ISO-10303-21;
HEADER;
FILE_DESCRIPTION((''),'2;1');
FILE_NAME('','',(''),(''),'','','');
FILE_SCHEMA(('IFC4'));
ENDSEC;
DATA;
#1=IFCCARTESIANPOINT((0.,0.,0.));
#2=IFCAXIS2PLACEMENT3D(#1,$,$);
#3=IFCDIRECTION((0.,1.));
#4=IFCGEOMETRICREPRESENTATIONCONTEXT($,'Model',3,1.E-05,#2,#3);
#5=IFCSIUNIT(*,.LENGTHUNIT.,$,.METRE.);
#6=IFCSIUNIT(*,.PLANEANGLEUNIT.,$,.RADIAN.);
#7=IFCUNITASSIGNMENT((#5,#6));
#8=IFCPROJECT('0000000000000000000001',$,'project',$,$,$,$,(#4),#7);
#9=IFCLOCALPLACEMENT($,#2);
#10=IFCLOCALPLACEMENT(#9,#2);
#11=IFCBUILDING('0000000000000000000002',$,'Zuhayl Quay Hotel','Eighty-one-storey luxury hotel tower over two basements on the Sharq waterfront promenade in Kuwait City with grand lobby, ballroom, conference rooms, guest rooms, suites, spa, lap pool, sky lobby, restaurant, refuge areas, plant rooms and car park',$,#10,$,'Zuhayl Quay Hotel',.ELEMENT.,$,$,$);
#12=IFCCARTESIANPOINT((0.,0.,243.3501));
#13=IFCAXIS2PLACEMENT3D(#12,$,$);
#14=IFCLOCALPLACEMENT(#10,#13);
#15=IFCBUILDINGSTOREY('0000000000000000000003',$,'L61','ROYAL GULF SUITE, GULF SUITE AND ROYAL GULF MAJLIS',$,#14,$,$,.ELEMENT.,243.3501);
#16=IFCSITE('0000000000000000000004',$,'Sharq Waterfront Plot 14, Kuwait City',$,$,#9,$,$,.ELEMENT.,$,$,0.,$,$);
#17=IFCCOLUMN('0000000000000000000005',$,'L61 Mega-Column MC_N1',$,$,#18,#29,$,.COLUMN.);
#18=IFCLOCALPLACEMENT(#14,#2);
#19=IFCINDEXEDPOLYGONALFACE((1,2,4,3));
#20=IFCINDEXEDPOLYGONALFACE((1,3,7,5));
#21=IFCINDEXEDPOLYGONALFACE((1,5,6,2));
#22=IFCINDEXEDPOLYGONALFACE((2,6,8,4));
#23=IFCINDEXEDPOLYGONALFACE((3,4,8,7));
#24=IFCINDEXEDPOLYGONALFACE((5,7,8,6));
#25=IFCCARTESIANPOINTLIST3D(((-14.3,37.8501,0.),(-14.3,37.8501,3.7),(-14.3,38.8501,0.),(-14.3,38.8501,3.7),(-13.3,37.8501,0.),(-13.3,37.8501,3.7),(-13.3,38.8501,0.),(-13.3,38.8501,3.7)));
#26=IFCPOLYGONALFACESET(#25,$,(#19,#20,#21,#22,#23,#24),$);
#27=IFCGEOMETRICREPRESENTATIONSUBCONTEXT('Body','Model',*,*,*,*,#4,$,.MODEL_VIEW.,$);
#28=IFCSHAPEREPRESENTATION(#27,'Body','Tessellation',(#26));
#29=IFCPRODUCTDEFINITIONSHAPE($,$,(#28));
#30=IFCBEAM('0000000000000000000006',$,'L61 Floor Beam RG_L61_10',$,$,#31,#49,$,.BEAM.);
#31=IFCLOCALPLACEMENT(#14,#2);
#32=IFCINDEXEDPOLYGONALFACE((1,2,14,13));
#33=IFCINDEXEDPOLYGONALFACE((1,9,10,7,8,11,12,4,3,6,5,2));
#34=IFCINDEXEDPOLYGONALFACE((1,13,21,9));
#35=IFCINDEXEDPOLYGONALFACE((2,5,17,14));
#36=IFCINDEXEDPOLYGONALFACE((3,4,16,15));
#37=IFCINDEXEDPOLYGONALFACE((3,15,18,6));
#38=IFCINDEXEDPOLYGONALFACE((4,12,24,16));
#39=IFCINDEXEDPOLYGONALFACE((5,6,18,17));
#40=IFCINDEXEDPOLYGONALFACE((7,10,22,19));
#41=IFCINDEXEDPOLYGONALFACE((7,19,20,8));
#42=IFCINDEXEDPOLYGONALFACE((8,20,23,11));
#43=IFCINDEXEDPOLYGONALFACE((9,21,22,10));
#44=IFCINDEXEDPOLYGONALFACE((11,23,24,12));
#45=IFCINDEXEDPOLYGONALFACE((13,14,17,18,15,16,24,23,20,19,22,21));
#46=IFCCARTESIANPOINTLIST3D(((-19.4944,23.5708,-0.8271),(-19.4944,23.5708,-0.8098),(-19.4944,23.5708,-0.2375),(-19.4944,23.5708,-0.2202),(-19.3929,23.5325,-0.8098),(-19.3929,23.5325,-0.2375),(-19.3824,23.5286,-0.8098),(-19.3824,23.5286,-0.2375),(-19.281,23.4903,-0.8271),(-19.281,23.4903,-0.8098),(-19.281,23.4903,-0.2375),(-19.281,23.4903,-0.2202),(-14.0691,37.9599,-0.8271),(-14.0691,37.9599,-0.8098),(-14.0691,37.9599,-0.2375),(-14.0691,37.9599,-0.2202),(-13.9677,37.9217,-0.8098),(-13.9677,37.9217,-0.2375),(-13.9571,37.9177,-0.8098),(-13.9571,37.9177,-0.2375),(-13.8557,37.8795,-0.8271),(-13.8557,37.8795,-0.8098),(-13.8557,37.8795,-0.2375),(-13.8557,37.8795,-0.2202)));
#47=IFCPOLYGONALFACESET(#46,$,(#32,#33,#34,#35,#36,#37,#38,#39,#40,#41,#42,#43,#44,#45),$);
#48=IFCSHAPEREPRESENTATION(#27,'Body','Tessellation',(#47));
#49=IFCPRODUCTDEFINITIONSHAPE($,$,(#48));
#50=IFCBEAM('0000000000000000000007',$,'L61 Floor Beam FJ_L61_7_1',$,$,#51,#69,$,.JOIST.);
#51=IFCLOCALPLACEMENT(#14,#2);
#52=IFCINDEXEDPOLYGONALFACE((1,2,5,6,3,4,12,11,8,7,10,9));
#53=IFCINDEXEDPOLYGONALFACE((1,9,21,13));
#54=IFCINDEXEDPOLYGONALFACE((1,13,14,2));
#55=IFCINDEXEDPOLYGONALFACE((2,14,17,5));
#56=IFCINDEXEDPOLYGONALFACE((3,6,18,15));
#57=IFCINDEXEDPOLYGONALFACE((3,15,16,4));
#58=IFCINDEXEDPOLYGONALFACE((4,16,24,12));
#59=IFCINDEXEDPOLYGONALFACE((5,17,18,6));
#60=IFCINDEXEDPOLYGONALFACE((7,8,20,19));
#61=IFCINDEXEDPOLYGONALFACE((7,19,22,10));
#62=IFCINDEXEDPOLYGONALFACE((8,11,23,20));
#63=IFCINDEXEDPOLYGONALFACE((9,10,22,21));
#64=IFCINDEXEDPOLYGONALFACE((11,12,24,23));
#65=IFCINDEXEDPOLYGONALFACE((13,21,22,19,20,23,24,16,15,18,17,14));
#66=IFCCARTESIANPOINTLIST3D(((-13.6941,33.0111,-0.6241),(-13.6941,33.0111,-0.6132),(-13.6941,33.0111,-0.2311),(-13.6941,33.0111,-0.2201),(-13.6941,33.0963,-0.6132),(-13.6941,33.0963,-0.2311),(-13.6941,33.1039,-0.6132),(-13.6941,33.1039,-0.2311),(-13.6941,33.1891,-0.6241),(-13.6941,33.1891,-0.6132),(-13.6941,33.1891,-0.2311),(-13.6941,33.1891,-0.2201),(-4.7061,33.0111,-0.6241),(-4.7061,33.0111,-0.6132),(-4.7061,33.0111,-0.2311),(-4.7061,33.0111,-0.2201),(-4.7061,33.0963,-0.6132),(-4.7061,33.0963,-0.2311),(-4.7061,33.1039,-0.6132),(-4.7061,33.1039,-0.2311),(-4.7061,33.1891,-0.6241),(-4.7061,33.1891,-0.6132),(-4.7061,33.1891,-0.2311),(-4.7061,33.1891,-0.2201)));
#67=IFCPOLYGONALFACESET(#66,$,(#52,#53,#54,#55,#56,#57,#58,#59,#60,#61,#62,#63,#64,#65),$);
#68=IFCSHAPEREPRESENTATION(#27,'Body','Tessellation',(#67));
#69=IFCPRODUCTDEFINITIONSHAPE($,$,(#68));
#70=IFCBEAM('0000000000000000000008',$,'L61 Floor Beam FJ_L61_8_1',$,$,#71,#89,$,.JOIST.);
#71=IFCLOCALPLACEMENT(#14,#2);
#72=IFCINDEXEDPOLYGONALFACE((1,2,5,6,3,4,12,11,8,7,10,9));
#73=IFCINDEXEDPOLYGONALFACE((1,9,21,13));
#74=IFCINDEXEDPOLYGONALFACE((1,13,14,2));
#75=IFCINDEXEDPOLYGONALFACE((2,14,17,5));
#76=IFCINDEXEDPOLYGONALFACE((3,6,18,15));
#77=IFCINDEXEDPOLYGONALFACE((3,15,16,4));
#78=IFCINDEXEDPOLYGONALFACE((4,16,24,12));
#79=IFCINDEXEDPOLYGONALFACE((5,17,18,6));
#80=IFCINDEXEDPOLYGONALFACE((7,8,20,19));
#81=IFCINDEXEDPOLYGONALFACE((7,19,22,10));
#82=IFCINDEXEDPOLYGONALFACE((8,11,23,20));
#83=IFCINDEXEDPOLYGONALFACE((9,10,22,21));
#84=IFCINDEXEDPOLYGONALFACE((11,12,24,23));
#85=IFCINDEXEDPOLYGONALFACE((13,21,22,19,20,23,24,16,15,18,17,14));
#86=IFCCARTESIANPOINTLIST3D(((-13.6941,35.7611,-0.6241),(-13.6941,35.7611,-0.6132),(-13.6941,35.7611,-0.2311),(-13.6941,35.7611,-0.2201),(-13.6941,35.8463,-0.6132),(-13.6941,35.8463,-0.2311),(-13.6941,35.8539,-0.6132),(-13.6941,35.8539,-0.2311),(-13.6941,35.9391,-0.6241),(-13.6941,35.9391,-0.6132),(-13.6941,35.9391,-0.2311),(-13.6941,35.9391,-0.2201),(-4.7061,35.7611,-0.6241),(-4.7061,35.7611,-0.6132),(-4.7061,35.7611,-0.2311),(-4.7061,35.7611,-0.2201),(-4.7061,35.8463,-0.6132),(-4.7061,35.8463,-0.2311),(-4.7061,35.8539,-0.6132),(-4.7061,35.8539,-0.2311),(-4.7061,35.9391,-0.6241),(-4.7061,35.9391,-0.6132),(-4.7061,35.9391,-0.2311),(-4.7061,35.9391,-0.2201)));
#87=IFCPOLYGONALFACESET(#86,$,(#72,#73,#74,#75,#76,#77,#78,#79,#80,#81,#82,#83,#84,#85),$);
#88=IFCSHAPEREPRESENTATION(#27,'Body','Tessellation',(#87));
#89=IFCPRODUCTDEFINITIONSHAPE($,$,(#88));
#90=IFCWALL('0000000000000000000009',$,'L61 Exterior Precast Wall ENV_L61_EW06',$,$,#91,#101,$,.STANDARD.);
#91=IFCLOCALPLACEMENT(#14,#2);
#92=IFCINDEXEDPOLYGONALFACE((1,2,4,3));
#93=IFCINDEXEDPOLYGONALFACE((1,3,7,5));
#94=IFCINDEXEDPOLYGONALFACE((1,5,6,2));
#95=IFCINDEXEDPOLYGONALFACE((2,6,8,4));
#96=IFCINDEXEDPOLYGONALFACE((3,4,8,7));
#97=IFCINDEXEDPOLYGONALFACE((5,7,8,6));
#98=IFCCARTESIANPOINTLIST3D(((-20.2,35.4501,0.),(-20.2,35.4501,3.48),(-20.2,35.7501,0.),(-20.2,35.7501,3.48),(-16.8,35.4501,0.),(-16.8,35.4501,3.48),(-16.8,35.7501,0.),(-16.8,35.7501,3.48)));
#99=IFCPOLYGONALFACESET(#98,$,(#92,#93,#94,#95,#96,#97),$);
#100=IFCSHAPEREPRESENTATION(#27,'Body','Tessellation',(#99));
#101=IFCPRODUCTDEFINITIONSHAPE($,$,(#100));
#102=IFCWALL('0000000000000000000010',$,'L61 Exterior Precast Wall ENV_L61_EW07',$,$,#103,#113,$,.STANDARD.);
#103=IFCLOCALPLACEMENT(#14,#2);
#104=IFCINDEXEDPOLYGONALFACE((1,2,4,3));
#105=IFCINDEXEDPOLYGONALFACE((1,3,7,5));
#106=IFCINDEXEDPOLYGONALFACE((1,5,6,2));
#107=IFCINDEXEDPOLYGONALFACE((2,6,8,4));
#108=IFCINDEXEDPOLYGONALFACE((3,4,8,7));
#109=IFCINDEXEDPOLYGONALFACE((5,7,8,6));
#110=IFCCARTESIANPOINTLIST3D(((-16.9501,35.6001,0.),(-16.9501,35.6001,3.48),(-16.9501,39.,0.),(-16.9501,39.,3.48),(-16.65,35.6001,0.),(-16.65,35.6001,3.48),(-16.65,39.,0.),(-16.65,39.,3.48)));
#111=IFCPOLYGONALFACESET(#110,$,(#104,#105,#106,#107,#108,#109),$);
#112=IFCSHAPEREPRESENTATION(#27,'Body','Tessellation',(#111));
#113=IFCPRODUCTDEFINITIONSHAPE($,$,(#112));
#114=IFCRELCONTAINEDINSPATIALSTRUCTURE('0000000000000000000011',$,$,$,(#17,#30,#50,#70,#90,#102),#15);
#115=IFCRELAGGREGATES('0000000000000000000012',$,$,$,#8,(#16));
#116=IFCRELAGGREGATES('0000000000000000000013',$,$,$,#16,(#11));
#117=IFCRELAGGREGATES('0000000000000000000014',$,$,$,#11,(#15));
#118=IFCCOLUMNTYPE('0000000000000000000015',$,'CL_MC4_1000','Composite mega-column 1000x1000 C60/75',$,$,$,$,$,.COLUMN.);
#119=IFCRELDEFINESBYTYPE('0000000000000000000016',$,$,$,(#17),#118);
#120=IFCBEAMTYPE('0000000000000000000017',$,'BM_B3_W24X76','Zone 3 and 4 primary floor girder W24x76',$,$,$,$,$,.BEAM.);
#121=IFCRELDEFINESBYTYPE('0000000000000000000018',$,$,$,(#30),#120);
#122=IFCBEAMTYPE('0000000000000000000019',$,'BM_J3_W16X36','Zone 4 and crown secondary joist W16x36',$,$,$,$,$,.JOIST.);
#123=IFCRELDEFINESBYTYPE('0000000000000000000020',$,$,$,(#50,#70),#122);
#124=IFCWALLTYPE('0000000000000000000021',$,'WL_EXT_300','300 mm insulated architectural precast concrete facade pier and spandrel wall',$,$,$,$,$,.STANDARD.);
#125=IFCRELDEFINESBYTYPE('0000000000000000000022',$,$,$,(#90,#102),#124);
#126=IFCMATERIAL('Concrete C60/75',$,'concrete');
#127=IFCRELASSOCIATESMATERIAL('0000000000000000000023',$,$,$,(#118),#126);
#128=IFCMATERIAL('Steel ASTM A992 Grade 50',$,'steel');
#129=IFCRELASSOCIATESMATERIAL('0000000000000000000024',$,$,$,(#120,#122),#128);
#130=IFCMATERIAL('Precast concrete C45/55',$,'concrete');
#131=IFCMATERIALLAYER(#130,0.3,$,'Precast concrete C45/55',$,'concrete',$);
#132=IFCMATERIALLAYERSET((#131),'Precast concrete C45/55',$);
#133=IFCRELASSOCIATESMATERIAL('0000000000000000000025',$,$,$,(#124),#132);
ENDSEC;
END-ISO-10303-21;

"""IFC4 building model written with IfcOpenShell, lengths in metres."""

from ifc_helpers import new_model, si_unit, direction, frame, frame_2d, origin, origin_2d, place, context, subcontext, project, spatial, rectangle, i_section, extrude, material, layer, layer_set, material_profile, profile_set, type_object, element, save


model = new_model("IFC4")

# Units and contexts
model_context = context("Model", 3, precision=1e-05, world=origin(), true_north=direction((0.0, 1.0)))
body_context = subcontext(model_context, "Body", "Model", "MODEL_VIEW")
ifc_project = project(units=[si_unit("LENGTHUNIT", "METRE"), si_unit("PLANEANGLEUNIT", "RADIAN")], contexts=[model_context])

# Site, building, storey
site_placement = place(None, origin())
site = spatial("IfcSite", under=ifc_project, at=site_placement, Name="Sharq Waterfront Plot 14, Kuwait City", CompositionType="ELEMENT", RefElevation=0.0)
building_placement = place(site_placement, origin())
building = spatial("IfcBuilding", under=site, at=building_placement, Name="Zuhayl Quay Hotel", Description="Eighty-one-storey luxury hotel tower over two basements on the Sharq waterfront promenade in Kuwait City with grand lobby, ballroom, conference rooms, guest rooms, suites, spa, lap pool, sky lobby, restaurant, refuge areas, plant rooms and car park", LongName="Zuhayl Quay Hotel", CompositionType="ELEMENT")
storey_placement = place(building_placement, frame((0.0, 0.0, 243.3501)))
storey = spatial("IfcBuildingStorey", under=building, at=storey_placement, Name="L61", Description="ROYAL GULF SUITE, GULF SUITE AND ROYAL GULF MAJLIS", CompositionType="ELEMENT", Elevation=243.3501)

# Column
ifc_material_1 = material(Name="Concrete C60/75", Category="concrete")
ifc_material_profile_1 = material_profile(ifc_material_1, rectangle(XDim=1.0, YDim=1.0, at=origin_2d()), Name="RC1000X1000")
ifc_profile_set_1 = profile_set([ifc_material_profile_1], Name="Concrete C60/75")
column_type = type_object("IfcColumnType", Name="CL_MC4_1000", Description="Composite mega-column 1000x1000 C60/75", PredefinedType="COLUMN", material=ifc_profile_set_1)
column_placement = place(storey_placement, frame((-13.8, 38.3501, 0.0), z_axis=(0.0, 0.0, 1.0), x_axis=(1.0, 0.0, 0.0)))
element("IfcColumn", 1, at=column_placement, inside=storey, type_object=column_type, Name="L61 Mega-Column MC_N1", PredefinedType="COLUMN", context=body_context, shape_type="SweptSolid", body=[
    extrude(rectangle(XDim=1.0, YDim=1.0, at=origin_2d()), origin(), (0.0, 0.0, 1.0), 3.7),
])

# Beams
ifc_material_2 = material(Name="Steel ASTM A992 Grade 50", Category="steel")
ifc_material_profile_2 = material_profile(ifc_material_2, i_section(OverallWidth=0.228, OverallDepth=0.6069, WebThickness=0.0112, FlangeThickness=0.0173, at=origin_2d()), Name="W24X76")
ifc_profile_set_2 = profile_set([ifc_material_profile_2], Name="Steel ASTM A992 Grade 50")
beam_type_1 = type_object("IfcBeamType", Name="BM_B3_W24X76", Description="Zone 3 and 4 primary floor girder W24x76", PredefinedType="BEAM", material=ifc_profile_set_2)
beam_placement = place(storey_placement, frame((-13.9624, 37.9197, -0.5237), z_axis=(-0.352797, -0.9357, 0.0), x_axis=(0.9357, -0.352797, 0.0)))
element("IfcBeam", 2, at=beam_placement, inside=storey, type_object=beam_type_1, Name="L61 Floor Beam RG_L61_10", PredefinedType="BEAM", context=body_context, shape_type="SweptSolid", body=[
    extrude(i_section(OverallWidth=0.228, OverallDepth=0.6069, WebThickness=0.0112, FlangeThickness=0.0173, at=origin_2d()), origin(), (0.0, 0.0, 1.0), 15.3779),
])
ifc_material_profile_3 = material_profile(ifc_material_2, i_section(OverallWidth=0.178, OverallDepth=0.4041, WebThickness=0.0076, FlangeThickness=0.011, at=origin_2d()), Name="W16X36")
ifc_profile_set_3 = profile_set([ifc_material_profile_3], Name="Steel ASTM A992 Grade 50")
beam_type_2 = type_object("IfcBeamType", Name="BM_J3_W16X36", Description="Zone 4 and crown secondary joist W16x36", PredefinedType="JOIST", material=ifc_profile_set_3)
for number, where, z_axis, x_axis, name in (
    (3, (-13.6941, 33.1001, -0.4221), (1.0, 0.0, 0.0), (0.0, 1.0, 0.0), "L61 Floor Beam FJ_L61_7_1"),
    (4, (-13.6941, 35.8501, -0.4221), (1.0, 0.0, 0.0), (0.0, 1.0, 0.0), "L61 Floor Beam FJ_L61_8_1"),
):
    element("IfcBeam", number, at=place(storey_placement, frame(where, z_axis=z_axis, x_axis=x_axis)), inside=storey, type_object=beam_type_2, Name=name, PredefinedType="JOIST", context=body_context, shape_type="SweptSolid", body=[
        extrude(i_section(OverallWidth=0.178, OverallDepth=0.4041, WebThickness=0.0076, FlangeThickness=0.011, at=origin_2d()), origin(), (0.0, 0.0, 1.0), 8.988),
    ])

# Walls
ifc_material_3 = material(Name="Precast concrete C45/55", Category="concrete")
ifc_layer_1 = layer(ifc_material_3, 0.3, Name="Precast concrete C45/55", Category="concrete")
ifc_layer_set_1 = layer_set([ifc_layer_1], Name="Precast concrete C45/55")
wall_type_1 = type_object("IfcWallType", Name="WL_EXT_300", Description="300 mm insulated architectural precast concrete facade pier and spandrel wall", PredefinedType="STANDARD", material=ifc_layer_set_1)
for number, where, z_axis, x_axis, name in (
    (5, (-20.2, 35.6001, 0.0), (0.0, 0.0, 1.0), (1.0, 0.0, 0.0), "L61 Exterior Precast Wall ENV_L61_EW06"),
    (6, (-16.8, 35.6001, 0.0), (0.0, 0.0, 1.0), (0.0, 1.0, 0.0), "L61 Exterior Precast Wall ENV_L61_EW07"),
):
    element("IfcWall", number, at=place(storey_placement, frame(where, z_axis=z_axis, x_axis=x_axis)), inside=storey, type_object=wall_type_1, Name=name, PredefinedType="STANDARD", context=body_context, shape_type="SweptSolid", body=[
        extrude(rectangle(XDim=3.3999, YDim=0.3, at=frame_2d((1.7, 0.0))), origin(), (0.0, 0.0, 1.0), 3.48),
    ])

save(model, "model.ifc")
